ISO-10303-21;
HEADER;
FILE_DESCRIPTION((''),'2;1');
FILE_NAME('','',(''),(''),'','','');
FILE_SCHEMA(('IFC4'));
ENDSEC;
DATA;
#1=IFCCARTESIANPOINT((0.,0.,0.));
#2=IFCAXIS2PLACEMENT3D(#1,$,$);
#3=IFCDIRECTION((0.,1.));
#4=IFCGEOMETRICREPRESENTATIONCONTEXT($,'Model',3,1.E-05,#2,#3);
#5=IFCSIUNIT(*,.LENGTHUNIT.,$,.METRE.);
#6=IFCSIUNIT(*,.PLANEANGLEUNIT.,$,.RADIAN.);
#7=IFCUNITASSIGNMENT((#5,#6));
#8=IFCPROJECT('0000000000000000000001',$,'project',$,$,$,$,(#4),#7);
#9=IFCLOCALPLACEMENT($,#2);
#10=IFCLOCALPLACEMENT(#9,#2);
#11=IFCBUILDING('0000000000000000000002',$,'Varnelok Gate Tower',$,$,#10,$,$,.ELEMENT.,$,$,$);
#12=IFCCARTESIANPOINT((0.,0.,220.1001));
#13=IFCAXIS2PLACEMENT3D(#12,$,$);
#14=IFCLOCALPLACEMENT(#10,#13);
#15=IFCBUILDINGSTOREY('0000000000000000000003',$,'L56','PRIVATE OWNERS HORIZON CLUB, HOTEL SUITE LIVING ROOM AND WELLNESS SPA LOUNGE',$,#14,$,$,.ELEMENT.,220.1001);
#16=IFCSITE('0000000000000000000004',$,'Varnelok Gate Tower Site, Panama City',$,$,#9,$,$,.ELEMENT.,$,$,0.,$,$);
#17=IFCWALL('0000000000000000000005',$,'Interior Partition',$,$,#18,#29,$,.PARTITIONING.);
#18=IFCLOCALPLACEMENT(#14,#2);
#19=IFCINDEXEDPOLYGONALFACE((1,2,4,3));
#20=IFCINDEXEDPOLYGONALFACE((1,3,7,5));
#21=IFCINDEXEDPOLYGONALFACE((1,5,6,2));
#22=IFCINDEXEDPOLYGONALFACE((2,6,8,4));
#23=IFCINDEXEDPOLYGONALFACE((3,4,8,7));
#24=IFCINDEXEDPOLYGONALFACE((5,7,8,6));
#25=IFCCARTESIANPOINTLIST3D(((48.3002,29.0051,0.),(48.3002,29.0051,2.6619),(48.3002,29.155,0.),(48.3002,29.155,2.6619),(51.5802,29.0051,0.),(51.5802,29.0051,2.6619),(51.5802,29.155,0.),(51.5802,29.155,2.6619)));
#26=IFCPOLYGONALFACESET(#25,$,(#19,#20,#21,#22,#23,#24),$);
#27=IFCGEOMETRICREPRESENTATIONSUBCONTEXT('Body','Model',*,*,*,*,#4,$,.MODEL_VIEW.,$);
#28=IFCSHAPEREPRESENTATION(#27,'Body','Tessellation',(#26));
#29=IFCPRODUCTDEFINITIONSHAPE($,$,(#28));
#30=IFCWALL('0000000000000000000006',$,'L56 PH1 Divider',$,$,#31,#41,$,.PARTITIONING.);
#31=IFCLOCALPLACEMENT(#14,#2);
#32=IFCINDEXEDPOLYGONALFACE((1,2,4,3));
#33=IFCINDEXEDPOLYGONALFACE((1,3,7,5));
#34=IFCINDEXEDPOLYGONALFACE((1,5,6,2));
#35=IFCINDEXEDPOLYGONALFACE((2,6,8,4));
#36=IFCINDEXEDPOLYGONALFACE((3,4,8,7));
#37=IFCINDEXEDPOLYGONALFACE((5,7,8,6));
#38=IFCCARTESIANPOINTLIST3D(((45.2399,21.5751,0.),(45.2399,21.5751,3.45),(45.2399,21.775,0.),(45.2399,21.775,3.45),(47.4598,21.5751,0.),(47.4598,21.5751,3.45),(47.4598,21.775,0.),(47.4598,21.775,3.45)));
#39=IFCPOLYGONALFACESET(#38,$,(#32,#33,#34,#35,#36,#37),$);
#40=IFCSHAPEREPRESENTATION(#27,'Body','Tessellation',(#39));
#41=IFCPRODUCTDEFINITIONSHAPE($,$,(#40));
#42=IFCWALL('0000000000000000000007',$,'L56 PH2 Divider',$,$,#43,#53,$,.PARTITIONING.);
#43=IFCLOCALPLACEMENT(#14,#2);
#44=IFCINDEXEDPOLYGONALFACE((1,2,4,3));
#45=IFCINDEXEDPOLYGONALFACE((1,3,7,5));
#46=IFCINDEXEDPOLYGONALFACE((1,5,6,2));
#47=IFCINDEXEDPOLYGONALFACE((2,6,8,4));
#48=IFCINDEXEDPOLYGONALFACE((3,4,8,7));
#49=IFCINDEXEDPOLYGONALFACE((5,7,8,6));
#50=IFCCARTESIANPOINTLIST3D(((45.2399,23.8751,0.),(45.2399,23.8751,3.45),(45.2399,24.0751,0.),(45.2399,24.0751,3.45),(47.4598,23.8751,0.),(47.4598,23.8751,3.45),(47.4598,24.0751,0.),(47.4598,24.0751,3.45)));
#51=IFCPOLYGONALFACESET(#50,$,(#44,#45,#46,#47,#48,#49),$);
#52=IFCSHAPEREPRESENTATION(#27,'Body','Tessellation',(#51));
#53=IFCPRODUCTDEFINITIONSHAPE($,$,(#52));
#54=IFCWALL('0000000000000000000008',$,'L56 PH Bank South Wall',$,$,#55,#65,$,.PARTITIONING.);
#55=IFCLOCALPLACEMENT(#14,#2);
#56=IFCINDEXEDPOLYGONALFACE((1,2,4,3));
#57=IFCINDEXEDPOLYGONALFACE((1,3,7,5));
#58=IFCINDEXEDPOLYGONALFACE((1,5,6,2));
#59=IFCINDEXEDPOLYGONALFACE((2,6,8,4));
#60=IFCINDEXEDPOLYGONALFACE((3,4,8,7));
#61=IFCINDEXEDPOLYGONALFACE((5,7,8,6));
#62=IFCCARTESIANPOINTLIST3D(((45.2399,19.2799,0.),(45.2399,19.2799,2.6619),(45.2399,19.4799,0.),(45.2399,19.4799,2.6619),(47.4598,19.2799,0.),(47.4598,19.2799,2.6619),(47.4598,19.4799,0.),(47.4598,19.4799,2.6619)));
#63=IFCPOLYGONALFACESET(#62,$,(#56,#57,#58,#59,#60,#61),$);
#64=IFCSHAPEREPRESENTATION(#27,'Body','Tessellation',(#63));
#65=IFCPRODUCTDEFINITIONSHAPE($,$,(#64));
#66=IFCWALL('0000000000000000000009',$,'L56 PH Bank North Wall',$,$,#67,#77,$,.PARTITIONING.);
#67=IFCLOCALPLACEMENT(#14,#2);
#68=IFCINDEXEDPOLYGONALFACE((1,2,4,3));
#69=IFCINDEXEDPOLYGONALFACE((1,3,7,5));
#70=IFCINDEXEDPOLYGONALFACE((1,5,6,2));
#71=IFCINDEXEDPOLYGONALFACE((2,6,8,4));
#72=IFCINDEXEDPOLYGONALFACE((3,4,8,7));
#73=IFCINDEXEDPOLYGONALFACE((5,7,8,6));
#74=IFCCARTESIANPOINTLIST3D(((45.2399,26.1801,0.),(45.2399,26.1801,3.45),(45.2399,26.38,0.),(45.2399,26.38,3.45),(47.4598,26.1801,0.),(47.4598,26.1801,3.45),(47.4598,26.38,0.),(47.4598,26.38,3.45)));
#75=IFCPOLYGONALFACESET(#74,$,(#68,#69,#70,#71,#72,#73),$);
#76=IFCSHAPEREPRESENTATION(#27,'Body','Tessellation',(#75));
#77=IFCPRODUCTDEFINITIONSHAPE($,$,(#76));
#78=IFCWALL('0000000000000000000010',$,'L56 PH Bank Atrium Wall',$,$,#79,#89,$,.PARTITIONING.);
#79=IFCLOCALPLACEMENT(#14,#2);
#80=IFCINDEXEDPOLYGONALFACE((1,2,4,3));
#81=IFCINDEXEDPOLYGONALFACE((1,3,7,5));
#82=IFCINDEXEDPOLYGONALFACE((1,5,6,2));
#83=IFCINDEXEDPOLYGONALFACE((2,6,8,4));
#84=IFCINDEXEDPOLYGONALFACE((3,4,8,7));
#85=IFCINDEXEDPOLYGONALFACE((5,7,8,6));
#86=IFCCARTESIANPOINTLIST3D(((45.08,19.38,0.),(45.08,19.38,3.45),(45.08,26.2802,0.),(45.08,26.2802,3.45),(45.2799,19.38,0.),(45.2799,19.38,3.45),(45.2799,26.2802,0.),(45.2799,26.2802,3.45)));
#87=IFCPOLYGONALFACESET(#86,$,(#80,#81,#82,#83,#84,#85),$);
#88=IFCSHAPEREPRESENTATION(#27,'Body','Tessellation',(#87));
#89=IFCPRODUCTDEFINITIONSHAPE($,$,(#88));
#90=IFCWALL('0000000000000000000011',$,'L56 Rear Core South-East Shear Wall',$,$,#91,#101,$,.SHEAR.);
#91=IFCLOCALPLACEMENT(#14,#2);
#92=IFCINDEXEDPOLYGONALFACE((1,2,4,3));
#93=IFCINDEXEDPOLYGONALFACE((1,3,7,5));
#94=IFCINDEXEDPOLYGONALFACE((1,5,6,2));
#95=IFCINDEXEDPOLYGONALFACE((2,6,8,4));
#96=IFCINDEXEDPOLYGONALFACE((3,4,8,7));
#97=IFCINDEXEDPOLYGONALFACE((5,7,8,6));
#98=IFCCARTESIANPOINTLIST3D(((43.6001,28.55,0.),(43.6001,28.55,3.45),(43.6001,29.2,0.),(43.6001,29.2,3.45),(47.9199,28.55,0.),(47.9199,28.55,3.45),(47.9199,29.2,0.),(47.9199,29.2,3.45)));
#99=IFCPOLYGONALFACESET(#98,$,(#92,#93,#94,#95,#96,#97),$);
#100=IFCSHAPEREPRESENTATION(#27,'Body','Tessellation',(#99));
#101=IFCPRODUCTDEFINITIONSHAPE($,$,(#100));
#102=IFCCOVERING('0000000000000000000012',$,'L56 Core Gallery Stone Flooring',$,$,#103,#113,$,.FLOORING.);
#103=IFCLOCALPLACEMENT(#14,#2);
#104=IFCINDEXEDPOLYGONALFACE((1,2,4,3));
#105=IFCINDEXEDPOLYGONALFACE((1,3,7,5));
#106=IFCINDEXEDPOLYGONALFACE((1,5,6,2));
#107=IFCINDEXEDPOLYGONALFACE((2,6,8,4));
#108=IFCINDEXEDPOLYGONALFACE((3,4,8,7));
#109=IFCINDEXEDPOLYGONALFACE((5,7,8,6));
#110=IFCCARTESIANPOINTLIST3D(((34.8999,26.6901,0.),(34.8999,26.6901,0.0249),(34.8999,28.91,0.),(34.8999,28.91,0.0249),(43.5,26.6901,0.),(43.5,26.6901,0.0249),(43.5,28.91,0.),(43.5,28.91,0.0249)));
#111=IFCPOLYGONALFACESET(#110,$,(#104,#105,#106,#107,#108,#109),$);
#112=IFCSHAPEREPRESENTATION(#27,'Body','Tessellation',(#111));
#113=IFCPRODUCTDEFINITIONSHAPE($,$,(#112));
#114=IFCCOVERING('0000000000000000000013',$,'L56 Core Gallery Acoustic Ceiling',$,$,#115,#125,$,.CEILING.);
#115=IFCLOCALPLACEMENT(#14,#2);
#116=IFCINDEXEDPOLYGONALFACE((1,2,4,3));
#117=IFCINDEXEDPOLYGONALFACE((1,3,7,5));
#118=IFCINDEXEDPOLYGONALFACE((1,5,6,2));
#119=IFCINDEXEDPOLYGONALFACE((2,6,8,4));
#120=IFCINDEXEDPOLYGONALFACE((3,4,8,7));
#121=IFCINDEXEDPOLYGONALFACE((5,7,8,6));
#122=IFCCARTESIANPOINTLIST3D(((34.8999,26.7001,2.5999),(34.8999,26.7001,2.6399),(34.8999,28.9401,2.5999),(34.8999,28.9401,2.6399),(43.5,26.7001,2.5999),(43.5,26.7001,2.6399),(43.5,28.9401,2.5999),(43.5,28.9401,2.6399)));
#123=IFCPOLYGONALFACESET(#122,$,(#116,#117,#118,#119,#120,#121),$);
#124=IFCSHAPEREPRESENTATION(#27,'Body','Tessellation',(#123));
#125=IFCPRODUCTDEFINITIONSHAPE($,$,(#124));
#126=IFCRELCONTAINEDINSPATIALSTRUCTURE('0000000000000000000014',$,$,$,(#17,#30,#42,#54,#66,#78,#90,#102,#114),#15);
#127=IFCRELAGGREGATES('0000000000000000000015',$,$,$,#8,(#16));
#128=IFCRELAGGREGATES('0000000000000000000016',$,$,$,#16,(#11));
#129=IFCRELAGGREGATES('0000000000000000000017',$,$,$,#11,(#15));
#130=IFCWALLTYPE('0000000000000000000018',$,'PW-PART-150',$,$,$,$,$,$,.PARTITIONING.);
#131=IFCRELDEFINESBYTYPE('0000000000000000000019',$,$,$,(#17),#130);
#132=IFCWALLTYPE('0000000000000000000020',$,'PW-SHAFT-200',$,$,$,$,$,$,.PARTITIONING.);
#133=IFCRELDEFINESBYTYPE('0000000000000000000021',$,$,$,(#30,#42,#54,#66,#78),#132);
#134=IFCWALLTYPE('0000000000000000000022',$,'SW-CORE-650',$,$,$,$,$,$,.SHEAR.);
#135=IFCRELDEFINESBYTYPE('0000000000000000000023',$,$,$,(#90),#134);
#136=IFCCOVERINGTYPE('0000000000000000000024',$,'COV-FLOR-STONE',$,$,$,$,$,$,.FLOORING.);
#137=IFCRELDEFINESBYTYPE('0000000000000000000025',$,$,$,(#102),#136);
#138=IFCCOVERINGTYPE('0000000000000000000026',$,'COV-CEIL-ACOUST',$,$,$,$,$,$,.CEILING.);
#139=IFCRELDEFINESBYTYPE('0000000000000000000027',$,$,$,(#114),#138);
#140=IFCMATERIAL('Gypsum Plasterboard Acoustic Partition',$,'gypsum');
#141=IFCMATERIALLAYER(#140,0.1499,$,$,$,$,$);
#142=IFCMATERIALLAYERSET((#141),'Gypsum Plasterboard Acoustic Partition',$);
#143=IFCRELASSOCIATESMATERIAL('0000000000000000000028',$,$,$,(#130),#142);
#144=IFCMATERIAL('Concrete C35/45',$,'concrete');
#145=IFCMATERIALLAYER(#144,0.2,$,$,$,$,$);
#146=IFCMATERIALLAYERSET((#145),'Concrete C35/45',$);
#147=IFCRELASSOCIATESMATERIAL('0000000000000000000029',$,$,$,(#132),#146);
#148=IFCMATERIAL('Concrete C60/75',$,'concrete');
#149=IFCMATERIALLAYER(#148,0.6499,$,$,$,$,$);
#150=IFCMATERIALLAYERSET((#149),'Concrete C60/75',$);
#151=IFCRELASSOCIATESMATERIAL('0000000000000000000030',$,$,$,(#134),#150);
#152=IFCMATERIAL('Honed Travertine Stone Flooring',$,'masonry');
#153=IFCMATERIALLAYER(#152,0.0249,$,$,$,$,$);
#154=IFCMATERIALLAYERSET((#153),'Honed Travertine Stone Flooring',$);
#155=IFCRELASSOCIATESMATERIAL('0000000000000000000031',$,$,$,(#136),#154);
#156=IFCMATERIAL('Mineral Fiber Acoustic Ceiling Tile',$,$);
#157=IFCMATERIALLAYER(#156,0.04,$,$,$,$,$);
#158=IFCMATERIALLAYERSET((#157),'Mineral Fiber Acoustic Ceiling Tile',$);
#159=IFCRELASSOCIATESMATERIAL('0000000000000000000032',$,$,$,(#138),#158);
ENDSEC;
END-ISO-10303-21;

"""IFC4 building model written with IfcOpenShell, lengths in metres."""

from ifc_helpers import new_model, si_unit, direction, frame, frame_2d, origin, origin_2d, place, context, subcontext, project, spatial, rectangle, extrude, source, transform, mapped, material, layer, layer_set, type_object, element, save


model = new_model("IFC4")

# Units and contexts
model_context = context("Model", 3, precision=1e-05, world=origin(), true_north=direction((0.0, 1.0)))
body_context = subcontext(model_context, "Body", "Model", "MODEL_VIEW")
ifc_project = project(units=[si_unit("LENGTHUNIT", "METRE"), si_unit("PLANEANGLEUNIT", "RADIAN")], contexts=[model_context])

# Site, building, storey
site_placement = place(None, origin())
site = spatial("IfcSite", under=ifc_project, at=site_placement, Name="Varnelok Gate Tower Site, Panama City", CompositionType="ELEMENT", RefElevation=0.0)
building_placement = place(site_placement, origin())
building = spatial("IfcBuilding", under=site, at=building_placement, Name="Varnelok Gate Tower", CompositionType="ELEMENT")
storey_placement = place(building_placement, frame((0.0, 0.0, 220.1001)))
storey = spatial("IfcBuildingStorey", under=building, at=storey_placement, Name="L56", Description="PRIVATE OWNERS HORIZON CLUB, HOTEL SUITE LIVING ROOM AND WELLNESS SPA LOUNGE", CompositionType="ELEMENT", Elevation=220.1001)

# Shared definitions
ifc_material_1 = material(Name="Concrete C60/75", Category="concrete")

# Walls
ifc_material_2 = material(Name="Gypsum Plasterboard Acoustic Partition", Category="gypsum")
ifc_layer_1 = layer(ifc_material_2, 0.1499)
ifc_layer_set_1 = layer_set([ifc_layer_1], Name="Gypsum Plasterboard Acoustic Partition")
wall_type_1 = type_object("IfcWallType", Name="PW-PART-150", PredefinedType="PARTITIONING", material=ifc_layer_set_1)
wall_1_placement = place(storey_placement, frame((48.3, 29.0801, 0.0), z_axis=(0.0, 0.0, 1.0), x_axis=(1.0, 0.0, 0.0)))
element("IfcWall", 1, at=wall_1_placement, inside=storey, type_object=wall_type_1, Name="Interior Partition", PredefinedType="PARTITIONING", context=body_context, shape_type="SweptSolid", body=[
    extrude(rectangle(XDim=3.28, YDim=0.1499, at=frame_2d((1.6401, 0.0))), origin(), (0.0, 0.0, 1.0), 2.6619),
])
ifc_material_3 = material(Name="Concrete C35/45", Category="concrete")
ifc_layer_2 = layer(ifc_material_3, 0.2)
ifc_layer_set_2 = layer_set([ifc_layer_2], Name="Concrete C35/45")
wall_type_2 = type_object("IfcWallType", Name="PW-SHAFT-200", PredefinedType="PARTITIONING", material=ifc_layer_set_2)
for number, where, z_axis, x_axis, name in (
    (2, (45.24, 21.675, 0.0), (0.0, 0.0, 1.0), (1.0, 0.0, 0.0), "L56 PH1 Divider"),
    (3, (45.24, 23.9751, 0.0), (0.0, 0.0, 1.0), (1.0, 0.0, 0.0), "L56 PH2 Divider"),
):
    element("IfcWall", number, at=place(storey_placement, frame(where, z_axis=z_axis, x_axis=x_axis)), inside=storey, type_object=wall_type_2, Name=name, PredefinedType="PARTITIONING", context=body_context, shape_type="SweptSolid", body=[
        extrude(rectangle(XDim=2.22, YDim=0.2, at=frame_2d((1.1099, 0.0))), origin(), (0.0, 0.0, 1.0), 3.45),
    ])
wall_2_placement = place(storey_placement, frame((45.24, 19.3799, 0.0), z_axis=(0.0, 0.0, 1.0), x_axis=(1.0, 0.0, 0.0)))
element("IfcWall", 4, at=wall_2_placement, inside=storey, type_object=wall_type_2, Name="L56 PH Bank South Wall", PredefinedType="PARTITIONING", context=body_context, shape_type="SweptSolid", body=[
    extrude(rectangle(XDim=2.22, YDim=0.2, at=frame_2d((1.1099, 0.0))), origin(), (0.0, 0.0, 1.0), 2.6619),
])
wall_3_placement = place(storey_placement, frame((45.24, 26.28, 0.0), z_axis=(0.0, 0.0, 1.0), x_axis=(1.0, 0.0, 0.0)))
element("IfcWall", 5, at=wall_3_placement, inside=storey, type_object=wall_type_2, Name="L56 PH Bank North Wall", PredefinedType="PARTITIONING", context=body_context, shape_type="SweptSolid", body=[
    extrude(rectangle(XDim=2.22, YDim=0.2, at=frame_2d((1.1099, 0.0))), origin(), (0.0, 0.0, 1.0), 3.45),
])
wall_4_placement = place(storey_placement, frame((45.1799, 19.3799, 0.0), z_axis=(0.0, 0.0, 1.0), x_axis=(0.0, 1.0, 0.0)))
element("IfcWall", 6, at=wall_4_placement, inside=storey, type_object=wall_type_2, Name="L56 PH Bank Atrium Wall", PredefinedType="PARTITIONING", context=body_context, shape_type="SweptSolid", body=[
    extrude(rectangle(XDim=6.9001, YDim=0.2, at=frame_2d((3.4502, 0.0))), origin(), (0.0, 0.0, 1.0), 3.45),
])

# Wall
ifc_layer_3 = layer(ifc_material_1, 0.6499)
ifc_layer_set_3 = layer_set([ifc_layer_3], Name="Concrete C60/75")
wall_type_3 = type_object("IfcWallType", Name="SW-CORE-650", PredefinedType="SHEAR", material=ifc_layer_set_3)
wall_5_placement = place(storey_placement, frame((43.6001, 28.875, 0.0), z_axis=(0.0, 0.0, 1.0), x_axis=(1.0, 0.0, 0.0)))
element("IfcWall", 7, at=wall_5_placement, inside=storey, type_object=wall_type_3, Name="L56 Rear Core South-East Shear Wall", PredefinedType="SHEAR", context=body_context, shape_type="SweptSolid", body=[
    extrude(rectangle(XDim=4.3198, YDim=0.6499, at=frame_2d((2.1599, 0.0))), origin(), (0.0, 0.0, 1.0), 3.45),
])

# Coverings
ifc_material_4 = material(Name="Honed Travertine Stone Flooring", Category="masonry")
ifc_layer_4 = layer(ifc_material_4, 0.0249)
ifc_layer_set_4 = layer_set([ifc_layer_4], Name="Honed Travertine Stone Flooring")
covering_type_1 = type_object("IfcCoveringType", Name="COV-FLOR-STONE", PredefinedType="FLOORING", material=ifc_layer_set_4)
shared_shape_1 = source(origin(), body_context, "Body", "SweptSolid", [
    extrude(rectangle(XDim=8.6001, YDim=2.22, at=origin_2d()), origin(), (0.0, 0.0, 1.0), 0.0249),
])
covering_1_placement = place(storey_placement, frame((39.2, 27.8, 0.0), z_axis=(0.0, 0.0, 1.0), x_axis=(1.0, 0.0, 0.0)))
element("IfcCovering", 8, at=covering_1_placement, inside=storey, type_object=covering_type_1, Name="L56 Core Gallery Stone Flooring", PredefinedType="FLOORING", context=body_context, shape_type="MappedRepresentation", body=[
    mapped(shared_shape_1, transform((0.0, 0.0, 0.0), scale=1.0)),
])
ifc_material_5 = material(Name="Mineral Fiber Acoustic Ceiling Tile")
ifc_layer_5 = layer(ifc_material_5, 0.04)
ifc_layer_set_5 = layer_set([ifc_layer_5], Name="Mineral Fiber Acoustic Ceiling Tile")
covering_type_2 = type_object("IfcCoveringType", Name="COV-CEIL-ACOUST", PredefinedType="CEILING", material=ifc_layer_set_5)
shared_shape_2 = source(origin(), body_context, "Body", "SweptSolid", [
    extrude(rectangle(XDim=8.6001, YDim=2.24, at=origin_2d()), origin(), (0.0, 0.0, 1.0), 0.04),
])
covering_2_placement = place(storey_placement, frame((39.2, 27.8201, 2.5999), z_axis=(0.0, 0.0, 1.0), x_axis=(1.0, 0.0, 0.0)))
element("IfcCovering", 9, at=covering_2_placement, inside=storey, type_object=covering_type_2, Name="L56 Core Gallery Acoustic Ceiling", PredefinedType="CEILING", context=body_context, shape_type="MappedRepresentation", body=[
    mapped(shared_shape_2, transform((0.0, 0.0, 0.0), scale=1.0)),
])

save(model, "model.ifc")
